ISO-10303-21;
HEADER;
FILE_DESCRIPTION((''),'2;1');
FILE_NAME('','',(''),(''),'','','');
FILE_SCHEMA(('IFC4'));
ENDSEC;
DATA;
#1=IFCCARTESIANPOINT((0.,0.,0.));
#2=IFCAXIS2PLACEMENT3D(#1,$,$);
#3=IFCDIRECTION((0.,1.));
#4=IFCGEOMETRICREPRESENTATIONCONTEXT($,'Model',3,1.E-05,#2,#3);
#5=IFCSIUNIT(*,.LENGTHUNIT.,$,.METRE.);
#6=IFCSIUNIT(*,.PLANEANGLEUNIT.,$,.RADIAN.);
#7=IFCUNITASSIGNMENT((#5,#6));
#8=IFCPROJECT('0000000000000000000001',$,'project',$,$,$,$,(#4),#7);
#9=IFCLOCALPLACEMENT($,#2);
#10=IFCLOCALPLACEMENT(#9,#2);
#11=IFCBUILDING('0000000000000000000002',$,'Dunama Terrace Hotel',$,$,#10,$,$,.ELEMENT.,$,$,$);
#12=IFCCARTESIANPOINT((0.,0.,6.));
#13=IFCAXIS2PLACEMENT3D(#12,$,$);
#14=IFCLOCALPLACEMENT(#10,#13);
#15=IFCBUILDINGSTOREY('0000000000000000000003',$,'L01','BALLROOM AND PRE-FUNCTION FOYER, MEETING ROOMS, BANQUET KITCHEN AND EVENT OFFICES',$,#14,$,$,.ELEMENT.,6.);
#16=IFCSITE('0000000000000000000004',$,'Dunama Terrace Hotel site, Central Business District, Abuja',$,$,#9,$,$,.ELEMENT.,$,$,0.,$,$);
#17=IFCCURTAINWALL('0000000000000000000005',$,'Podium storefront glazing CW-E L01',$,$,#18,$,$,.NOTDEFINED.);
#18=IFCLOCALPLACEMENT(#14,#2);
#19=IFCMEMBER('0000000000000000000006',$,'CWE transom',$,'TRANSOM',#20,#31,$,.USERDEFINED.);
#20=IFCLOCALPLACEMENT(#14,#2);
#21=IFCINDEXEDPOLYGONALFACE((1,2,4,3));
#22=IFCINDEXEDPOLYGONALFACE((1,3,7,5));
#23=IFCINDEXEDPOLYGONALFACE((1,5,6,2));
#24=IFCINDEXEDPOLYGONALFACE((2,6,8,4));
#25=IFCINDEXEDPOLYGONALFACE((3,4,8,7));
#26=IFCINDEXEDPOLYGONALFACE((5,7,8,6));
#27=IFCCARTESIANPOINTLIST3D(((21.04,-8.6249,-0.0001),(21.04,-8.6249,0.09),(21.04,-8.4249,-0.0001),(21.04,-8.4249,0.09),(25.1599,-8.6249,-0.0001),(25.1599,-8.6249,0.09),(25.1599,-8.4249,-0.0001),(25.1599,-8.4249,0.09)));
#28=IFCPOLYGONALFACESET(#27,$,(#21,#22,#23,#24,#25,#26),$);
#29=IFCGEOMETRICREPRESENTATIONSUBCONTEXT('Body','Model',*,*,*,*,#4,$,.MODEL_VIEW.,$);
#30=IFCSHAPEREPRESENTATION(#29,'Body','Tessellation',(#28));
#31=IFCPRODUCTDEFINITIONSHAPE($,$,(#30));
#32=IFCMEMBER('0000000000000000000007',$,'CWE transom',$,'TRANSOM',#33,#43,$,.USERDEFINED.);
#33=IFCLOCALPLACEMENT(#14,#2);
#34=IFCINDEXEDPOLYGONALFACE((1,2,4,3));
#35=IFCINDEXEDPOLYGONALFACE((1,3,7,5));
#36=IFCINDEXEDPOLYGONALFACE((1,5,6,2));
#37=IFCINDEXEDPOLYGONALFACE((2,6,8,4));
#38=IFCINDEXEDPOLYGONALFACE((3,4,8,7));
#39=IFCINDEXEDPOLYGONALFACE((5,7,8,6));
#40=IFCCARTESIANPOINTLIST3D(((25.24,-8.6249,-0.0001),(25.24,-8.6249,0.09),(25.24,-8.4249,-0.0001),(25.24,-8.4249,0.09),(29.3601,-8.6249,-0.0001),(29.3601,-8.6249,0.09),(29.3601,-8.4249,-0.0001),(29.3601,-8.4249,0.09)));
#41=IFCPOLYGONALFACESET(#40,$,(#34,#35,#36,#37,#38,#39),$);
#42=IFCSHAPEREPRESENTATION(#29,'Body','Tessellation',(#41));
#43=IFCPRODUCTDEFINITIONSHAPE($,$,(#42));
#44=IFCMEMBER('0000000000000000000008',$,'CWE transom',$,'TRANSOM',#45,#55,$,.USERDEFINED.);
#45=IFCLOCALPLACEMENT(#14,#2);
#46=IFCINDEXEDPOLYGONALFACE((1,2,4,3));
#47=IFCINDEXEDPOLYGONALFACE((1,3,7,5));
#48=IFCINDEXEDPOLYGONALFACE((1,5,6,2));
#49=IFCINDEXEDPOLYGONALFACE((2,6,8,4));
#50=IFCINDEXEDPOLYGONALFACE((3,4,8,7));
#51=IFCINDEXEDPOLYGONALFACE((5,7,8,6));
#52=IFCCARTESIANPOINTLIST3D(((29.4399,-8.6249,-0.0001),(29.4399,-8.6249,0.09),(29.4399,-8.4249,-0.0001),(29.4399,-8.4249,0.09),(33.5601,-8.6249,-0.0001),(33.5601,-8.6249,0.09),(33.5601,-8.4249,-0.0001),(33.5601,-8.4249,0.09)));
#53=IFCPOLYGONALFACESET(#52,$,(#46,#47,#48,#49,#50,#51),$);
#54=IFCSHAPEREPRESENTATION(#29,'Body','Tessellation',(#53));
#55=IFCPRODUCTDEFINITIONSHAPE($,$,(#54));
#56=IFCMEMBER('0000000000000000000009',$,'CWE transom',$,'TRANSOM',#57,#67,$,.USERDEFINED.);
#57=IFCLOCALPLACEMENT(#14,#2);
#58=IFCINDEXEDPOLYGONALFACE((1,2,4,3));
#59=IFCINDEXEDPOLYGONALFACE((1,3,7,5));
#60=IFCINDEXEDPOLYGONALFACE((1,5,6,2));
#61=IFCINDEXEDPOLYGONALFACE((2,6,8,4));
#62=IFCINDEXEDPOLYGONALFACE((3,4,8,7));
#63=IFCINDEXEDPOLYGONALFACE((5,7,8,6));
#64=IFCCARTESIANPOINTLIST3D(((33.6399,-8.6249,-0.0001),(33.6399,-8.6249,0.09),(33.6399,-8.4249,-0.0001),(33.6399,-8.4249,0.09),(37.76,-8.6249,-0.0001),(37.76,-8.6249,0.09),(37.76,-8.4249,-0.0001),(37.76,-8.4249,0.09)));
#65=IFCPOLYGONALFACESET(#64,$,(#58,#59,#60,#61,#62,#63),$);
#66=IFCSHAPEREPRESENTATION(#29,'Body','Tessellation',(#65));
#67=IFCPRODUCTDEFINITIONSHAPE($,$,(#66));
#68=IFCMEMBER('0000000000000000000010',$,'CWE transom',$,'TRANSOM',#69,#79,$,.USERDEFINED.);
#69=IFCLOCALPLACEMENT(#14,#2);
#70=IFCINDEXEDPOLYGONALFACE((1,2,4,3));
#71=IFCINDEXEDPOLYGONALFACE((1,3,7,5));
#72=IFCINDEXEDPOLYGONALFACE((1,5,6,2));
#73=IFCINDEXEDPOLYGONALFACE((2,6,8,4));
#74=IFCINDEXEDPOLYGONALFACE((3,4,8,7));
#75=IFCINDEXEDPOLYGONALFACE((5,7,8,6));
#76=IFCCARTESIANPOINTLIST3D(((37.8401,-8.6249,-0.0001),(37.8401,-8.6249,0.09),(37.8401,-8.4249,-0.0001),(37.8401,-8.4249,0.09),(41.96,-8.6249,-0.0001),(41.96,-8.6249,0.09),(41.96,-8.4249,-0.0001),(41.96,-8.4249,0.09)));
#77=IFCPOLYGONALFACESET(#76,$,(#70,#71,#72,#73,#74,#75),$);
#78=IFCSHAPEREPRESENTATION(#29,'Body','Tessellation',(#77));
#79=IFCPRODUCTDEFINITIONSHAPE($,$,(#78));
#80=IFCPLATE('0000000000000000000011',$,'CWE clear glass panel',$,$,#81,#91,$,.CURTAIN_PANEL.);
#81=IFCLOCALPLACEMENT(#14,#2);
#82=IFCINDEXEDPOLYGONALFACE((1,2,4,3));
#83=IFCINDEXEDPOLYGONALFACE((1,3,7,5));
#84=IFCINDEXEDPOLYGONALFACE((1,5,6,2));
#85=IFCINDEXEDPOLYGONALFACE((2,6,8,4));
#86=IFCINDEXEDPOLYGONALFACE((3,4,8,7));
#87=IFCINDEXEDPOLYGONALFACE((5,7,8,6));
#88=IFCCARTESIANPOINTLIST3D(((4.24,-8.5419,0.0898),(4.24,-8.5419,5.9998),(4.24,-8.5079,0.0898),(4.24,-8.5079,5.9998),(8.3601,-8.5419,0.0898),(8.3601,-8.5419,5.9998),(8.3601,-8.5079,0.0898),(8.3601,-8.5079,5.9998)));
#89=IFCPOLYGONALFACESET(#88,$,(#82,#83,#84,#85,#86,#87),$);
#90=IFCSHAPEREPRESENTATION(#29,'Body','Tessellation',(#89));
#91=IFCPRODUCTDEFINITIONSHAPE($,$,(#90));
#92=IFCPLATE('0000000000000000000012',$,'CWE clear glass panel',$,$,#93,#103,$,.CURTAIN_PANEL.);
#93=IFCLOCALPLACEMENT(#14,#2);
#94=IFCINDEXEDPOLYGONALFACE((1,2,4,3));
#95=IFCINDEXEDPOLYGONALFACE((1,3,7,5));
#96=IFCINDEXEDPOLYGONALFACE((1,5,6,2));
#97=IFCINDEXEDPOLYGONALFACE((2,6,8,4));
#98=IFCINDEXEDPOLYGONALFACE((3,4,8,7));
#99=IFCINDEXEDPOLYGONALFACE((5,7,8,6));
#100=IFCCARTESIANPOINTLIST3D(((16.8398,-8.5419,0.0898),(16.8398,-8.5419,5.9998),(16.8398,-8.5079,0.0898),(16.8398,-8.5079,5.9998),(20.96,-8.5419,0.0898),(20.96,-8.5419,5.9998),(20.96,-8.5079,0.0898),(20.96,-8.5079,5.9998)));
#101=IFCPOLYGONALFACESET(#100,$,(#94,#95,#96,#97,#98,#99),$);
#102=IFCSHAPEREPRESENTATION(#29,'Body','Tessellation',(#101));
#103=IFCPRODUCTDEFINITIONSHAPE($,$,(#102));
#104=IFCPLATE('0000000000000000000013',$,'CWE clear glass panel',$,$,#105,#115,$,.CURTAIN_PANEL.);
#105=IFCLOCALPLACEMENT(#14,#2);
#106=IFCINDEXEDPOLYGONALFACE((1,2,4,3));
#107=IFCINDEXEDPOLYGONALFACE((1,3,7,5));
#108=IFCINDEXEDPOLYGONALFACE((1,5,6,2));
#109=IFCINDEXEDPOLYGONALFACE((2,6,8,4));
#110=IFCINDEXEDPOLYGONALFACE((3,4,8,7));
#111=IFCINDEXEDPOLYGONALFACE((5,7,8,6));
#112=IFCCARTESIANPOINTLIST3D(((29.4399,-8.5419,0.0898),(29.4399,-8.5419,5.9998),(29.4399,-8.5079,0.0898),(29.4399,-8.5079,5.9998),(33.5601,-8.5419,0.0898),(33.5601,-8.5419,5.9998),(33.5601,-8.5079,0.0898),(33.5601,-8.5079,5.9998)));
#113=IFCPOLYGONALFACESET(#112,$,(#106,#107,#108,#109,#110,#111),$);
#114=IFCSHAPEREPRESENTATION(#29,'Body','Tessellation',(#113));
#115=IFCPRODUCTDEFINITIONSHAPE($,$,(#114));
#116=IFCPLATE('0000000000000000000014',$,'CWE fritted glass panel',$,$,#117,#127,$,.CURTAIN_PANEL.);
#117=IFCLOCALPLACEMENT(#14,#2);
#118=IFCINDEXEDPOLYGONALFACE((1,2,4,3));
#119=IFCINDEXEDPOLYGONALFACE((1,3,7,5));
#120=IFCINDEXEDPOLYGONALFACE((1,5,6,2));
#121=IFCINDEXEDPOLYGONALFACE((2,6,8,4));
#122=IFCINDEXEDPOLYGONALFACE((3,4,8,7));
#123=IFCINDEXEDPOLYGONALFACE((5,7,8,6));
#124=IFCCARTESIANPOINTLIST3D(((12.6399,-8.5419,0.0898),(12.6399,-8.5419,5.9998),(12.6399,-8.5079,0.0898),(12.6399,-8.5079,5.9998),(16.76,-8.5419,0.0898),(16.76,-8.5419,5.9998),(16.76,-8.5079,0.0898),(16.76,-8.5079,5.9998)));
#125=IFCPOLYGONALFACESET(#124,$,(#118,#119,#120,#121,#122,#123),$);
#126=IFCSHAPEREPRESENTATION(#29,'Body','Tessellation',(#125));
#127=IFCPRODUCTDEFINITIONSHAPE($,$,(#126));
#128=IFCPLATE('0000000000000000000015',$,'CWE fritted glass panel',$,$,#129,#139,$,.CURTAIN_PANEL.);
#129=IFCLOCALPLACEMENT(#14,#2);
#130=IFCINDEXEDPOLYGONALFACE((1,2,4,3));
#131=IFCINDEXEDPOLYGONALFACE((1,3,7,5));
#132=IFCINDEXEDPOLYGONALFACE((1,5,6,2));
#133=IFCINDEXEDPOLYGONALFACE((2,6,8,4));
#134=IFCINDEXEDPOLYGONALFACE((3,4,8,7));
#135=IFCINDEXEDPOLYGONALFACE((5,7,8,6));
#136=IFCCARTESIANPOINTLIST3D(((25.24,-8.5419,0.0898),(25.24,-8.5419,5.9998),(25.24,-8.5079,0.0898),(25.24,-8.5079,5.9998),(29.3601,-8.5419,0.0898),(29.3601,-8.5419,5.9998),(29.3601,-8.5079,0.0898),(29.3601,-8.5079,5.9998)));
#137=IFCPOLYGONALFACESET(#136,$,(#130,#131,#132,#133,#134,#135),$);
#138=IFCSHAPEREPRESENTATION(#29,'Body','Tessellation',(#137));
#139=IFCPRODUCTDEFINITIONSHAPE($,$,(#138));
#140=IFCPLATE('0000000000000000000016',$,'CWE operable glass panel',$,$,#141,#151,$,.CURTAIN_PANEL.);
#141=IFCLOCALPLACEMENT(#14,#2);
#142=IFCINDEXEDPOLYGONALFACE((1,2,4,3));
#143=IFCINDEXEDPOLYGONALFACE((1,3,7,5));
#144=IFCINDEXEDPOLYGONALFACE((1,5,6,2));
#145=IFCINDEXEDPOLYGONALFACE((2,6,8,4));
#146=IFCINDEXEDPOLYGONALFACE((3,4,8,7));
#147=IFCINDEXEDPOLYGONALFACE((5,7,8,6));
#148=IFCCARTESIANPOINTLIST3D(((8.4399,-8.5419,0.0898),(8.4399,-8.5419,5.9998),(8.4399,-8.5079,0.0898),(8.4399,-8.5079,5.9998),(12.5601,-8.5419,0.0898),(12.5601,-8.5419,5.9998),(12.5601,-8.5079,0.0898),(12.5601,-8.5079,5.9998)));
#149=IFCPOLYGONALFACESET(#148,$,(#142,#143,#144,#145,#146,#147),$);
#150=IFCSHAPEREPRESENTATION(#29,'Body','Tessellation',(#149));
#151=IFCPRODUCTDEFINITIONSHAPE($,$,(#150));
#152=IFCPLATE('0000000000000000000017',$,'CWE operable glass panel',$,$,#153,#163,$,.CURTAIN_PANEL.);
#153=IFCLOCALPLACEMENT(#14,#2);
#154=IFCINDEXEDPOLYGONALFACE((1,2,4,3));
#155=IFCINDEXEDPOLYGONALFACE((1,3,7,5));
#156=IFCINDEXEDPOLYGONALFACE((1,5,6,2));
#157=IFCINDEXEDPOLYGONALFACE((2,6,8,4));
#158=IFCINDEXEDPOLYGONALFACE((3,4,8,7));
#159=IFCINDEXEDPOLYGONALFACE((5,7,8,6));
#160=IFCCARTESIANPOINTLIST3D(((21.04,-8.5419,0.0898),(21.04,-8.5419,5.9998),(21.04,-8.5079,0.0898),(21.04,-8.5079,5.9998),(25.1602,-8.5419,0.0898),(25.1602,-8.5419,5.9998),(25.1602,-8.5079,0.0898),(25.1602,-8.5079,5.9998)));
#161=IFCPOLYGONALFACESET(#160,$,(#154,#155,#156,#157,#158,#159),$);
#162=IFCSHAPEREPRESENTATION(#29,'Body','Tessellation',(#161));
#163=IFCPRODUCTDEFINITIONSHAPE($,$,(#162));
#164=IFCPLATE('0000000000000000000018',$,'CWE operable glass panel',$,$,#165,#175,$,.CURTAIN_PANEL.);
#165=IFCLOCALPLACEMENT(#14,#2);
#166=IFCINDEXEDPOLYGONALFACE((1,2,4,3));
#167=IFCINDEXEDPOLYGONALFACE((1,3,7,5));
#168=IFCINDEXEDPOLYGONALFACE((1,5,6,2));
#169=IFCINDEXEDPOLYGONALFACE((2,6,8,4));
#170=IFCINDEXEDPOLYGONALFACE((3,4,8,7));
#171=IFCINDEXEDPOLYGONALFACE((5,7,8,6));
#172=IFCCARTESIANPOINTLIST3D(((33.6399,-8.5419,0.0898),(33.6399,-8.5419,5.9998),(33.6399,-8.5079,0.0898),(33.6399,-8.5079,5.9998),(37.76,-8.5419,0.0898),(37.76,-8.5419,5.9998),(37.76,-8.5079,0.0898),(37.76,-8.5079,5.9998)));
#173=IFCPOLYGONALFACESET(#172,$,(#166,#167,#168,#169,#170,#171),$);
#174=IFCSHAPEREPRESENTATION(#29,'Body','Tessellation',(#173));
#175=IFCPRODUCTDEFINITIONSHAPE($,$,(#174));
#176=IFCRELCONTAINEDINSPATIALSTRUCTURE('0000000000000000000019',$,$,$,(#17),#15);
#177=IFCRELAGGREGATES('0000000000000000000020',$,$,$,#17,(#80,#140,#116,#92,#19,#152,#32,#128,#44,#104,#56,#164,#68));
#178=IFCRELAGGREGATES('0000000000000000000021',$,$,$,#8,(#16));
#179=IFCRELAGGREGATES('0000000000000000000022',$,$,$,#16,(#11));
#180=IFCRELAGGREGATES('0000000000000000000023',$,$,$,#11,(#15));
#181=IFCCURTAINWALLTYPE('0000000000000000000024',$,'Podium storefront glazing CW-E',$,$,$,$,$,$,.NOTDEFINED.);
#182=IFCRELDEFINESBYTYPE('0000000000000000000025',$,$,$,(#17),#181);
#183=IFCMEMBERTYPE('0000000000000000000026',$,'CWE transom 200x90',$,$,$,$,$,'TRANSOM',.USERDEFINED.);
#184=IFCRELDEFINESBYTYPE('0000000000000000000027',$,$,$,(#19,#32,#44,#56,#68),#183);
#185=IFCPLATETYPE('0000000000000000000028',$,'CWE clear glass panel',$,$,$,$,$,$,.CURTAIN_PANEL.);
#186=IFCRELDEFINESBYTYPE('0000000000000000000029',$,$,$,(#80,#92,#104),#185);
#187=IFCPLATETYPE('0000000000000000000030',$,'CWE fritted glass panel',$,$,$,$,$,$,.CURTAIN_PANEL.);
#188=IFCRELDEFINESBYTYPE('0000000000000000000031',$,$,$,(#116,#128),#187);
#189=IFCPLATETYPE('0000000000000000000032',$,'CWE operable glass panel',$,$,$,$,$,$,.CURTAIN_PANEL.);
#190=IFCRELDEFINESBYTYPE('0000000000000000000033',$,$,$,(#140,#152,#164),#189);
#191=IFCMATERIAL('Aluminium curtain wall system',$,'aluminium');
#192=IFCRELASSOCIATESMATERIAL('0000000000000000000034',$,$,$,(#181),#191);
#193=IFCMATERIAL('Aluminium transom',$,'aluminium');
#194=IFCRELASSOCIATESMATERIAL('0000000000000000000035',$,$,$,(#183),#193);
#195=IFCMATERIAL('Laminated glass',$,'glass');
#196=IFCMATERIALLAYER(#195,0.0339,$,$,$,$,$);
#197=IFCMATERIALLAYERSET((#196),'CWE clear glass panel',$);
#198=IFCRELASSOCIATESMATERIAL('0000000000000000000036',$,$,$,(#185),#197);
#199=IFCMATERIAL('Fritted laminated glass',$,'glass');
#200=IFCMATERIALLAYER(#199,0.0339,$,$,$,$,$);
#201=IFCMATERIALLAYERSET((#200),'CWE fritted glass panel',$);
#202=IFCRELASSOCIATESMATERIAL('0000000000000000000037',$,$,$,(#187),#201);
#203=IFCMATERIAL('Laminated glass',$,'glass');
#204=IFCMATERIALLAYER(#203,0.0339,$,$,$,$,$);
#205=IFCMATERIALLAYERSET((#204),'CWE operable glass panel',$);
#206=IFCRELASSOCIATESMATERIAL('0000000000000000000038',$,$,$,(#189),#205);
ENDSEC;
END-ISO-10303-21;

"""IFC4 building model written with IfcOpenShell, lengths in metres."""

from ifc_helpers import new_model, si_unit, direction, frame, origin, origin_2d, place, context, subcontext, project, spatial, rectangle, extrude, material, layer, layer_set, material_profile, profile_set, type_object, element, aggregate, save


model = new_model("IFC4")

# Units and contexts
model_context = context("Model", 3, precision=1e-05, world=origin(), true_north=direction((0.0, 1.0)))
body_context = subcontext(model_context, "Body", "Model", "MODEL_VIEW")
ifc_project = project(units=[si_unit("LENGTHUNIT", "METRE"), si_unit("PLANEANGLEUNIT", "RADIAN")], contexts=[model_context])

# Site, building, storey
site_placement = place(None, origin())
site = spatial("IfcSite", under=ifc_project, at=site_placement, Name="Dunama Terrace Hotel site, Central Business District, Abuja", CompositionType="ELEMENT", RefElevation=0.0)
building_placement = place(site_placement, origin())
building = spatial("IfcBuilding", under=site, at=building_placement, Name="Dunama Terrace Hotel", CompositionType="ELEMENT")
storey_placement = place(building_placement, frame((0.0, 0.0, 6.0)))
storey = spatial("IfcBuildingStorey", under=building, at=storey_placement, Name="L01", Description="BALLROOM AND PRE-FUNCTION FOYER, MEETING ROOMS, BANQUET KITCHEN AND EVENT OFFICES", CompositionType="ELEMENT", Elevation=6.0)

# Curtain wall, members, plates
ifc_material_1 = material(Name="Aluminium curtain wall system", Category="aluminium")
curtain_wall_type = type_object("IfcCurtainWallType", Name="Podium storefront glazing CW-E", PredefinedType="NOTDEFINED", material=ifc_material_1)
curtain_wall_placement = place(storey_placement, origin())
curtain_wall = element("IfcCurtainWall", 1, at=curtain_wall_placement, inside=storey, type_object=curtain_wall_type, Name="Podium storefront glazing CW-E L01", PredefinedType="NOTDEFINED")
ifc_material_2 = material(Name="Aluminium transom", Category="aluminium")
ifc_material_profile_1 = material_profile(ifc_material_2, rectangle(XDim=0.2, YDim=0.0901, at=origin_2d()), Name="CWE TRANSOM 200X90")
ifc_profile_set_1 = profile_set([ifc_material_profile_1], Name="Aluminium transom")
member_type_1 = type_object("IfcMemberType", Name="CWE transom 200x90", ElementType="TRANSOM", PredefinedType="USERDEFINED", material=ifc_profile_set_1)
member_1_placement = place(storey_placement, frame((21.04, -8.5249, 0.0449), z_axis=(1.0, 0.0, 0.0), x_axis=(0.0, 1.0, 0.0)))
member_1 = element("IfcMember", 2, at=member_1_placement, type_object=member_type_1, Name="CWE transom", ObjectType="TRANSOM", PredefinedType="USERDEFINED", context=body_context, shape_type="SweptSolid", body=[
    extrude(rectangle(XDim=0.2, YDim=0.0901, at=origin_2d()), origin(), (0.0, 0.0, 1.0), 4.1199),
])
member_2_placement = place(storey_placement, frame((25.24, -8.5249, 0.0449), z_axis=(1.0, 0.0, 0.0), x_axis=(0.0, 1.0, 0.0)))
member_2 = element("IfcMember", 3, at=member_2_placement, type_object=member_type_1, Name="CWE transom", ObjectType="TRANSOM", PredefinedType="USERDEFINED", context=body_context, shape_type="SweptSolid", body=[
    extrude(rectangle(XDim=0.2, YDim=0.0901, at=origin_2d()), origin(), (0.0, 0.0, 1.0), 4.1201),
])
member_3_placement = place(storey_placement, frame((29.4399, -8.5249, 0.0449), z_axis=(1.0, 0.0, 0.0), x_axis=(0.0, 1.0, 0.0)))
member_3 = element("IfcMember", 4, at=member_3_placement, type_object=member_type_1, Name="CWE transom", ObjectType="TRANSOM", PredefinedType="USERDEFINED", context=body_context, shape_type="SweptSolid", body=[
    extrude(rectangle(XDim=0.2, YDim=0.0901, at=origin_2d()), origin(), (0.0, 0.0, 1.0), 4.1201),
])
member_4_placement = place(storey_placement, frame((33.6399, -8.5249, 0.0449), z_axis=(1.0, 0.0, 0.0), x_axis=(0.0, 1.0, 0.0)))
member_4 = element("IfcMember", 5, at=member_4_placement, type_object=member_type_1, Name="CWE transom", ObjectType="TRANSOM", PredefinedType="USERDEFINED", context=body_context, shape_type="SweptSolid", body=[
    extrude(rectangle(XDim=0.2, YDim=0.0901, at=origin_2d()), origin(), (0.0, 0.0, 1.0), 4.1201),
])
member_5_placement = place(storey_placement, frame((37.8401, -8.5249, 0.0449), z_axis=(1.0, 0.0, 0.0), x_axis=(0.0, 1.0, 0.0)))
member_5 = element("IfcMember", 6, at=member_5_placement, type_object=member_type_1, Name="CWE transom", ObjectType="TRANSOM", PredefinedType="USERDEFINED", context=body_context, shape_type="SweptSolid", body=[
    extrude(rectangle(XDim=0.2, YDim=0.0901, at=origin_2d()), origin(), (0.0, 0.0, 1.0), 4.1199),
])
ifc_material_3 = material(Name="Laminated glass", Category="glass")
ifc_layer_1 = layer(ifc_material_3, 0.0339)
ifc_layer_set_1 = layer_set([ifc_layer_1], Name="CWE clear glass panel")
plate_type_1 = type_object("IfcPlateType", Name="CWE clear glass panel", PredefinedType="CURTAIN_PANEL", material=ifc_layer_set_1)
plate_1_placement = place(storey_placement, frame((6.3, -8.5249, 0.0898), z_axis=(0.0, 0.0, 1.0), x_axis=(1.0, 0.0, 0.0)))
plate_1 = element("IfcPlate", 7, at=plate_1_placement, type_object=plate_type_1, Name="CWE clear glass panel", PredefinedType="CURTAIN_PANEL", context=body_context, shape_type="SweptSolid", body=[
    extrude(rectangle(XDim=4.1201, YDim=0.0339, at=origin_2d()), origin(), (0.0, 0.0, 1.0), 5.9099),
])
plate_2_placement = place(storey_placement, frame((18.8999, -8.5249, 0.0898), z_axis=(0.0, 0.0, 1.0), x_axis=(1.0, 0.0, 0.0)))
plate_2 = element("IfcPlate", 8, at=plate_2_placement, type_object=plate_type_1, Name="CWE clear glass panel", PredefinedType="CURTAIN_PANEL", context=body_context, shape_type="SweptSolid", body=[
    extrude(rectangle(XDim=4.1201, YDim=0.0339, at=origin_2d()), origin(), (0.0, 0.0, 1.0), 5.9099),
])
plate_3_placement = place(storey_placement, frame((31.5, -8.5249, 0.0898), z_axis=(0.0, 0.0, 1.0), x_axis=(1.0, 0.0, 0.0)))
plate_3 = element("IfcPlate", 9, at=plate_3_placement, type_object=plate_type_1, Name="CWE clear glass panel", PredefinedType="CURTAIN_PANEL", context=body_context, shape_type="SweptSolid", body=[
    extrude(rectangle(XDim=4.1201, YDim=0.0339, at=origin_2d()), origin(), (0.0, 0.0, 1.0), 5.9099),
])
ifc_material_4 = material(Name="Fritted laminated glass", Category="glass")
ifc_layer_2 = layer(ifc_material_4, 0.0339)
ifc_layer_set_2 = layer_set([ifc_layer_2], Name="CWE fritted glass panel")
plate_type_2 = type_object("IfcPlateType", Name="CWE fritted glass panel", PredefinedType="CURTAIN_PANEL", material=ifc_layer_set_2)
plate_4_placement = place(storey_placement, frame((14.7, -8.5249, 0.0898), z_axis=(0.0, 0.0, 1.0), x_axis=(1.0, 0.0, 0.0)))
plate_4 = element("IfcPlate", 10, at=plate_4_placement, type_object=plate_type_2, Name="CWE fritted glass panel", PredefinedType="CURTAIN_PANEL", context=body_context, shape_type="SweptSolid", body=[
    extrude(rectangle(XDim=4.1201, YDim=0.0339, at=origin_2d()), origin(), (0.0, 0.0, 1.0), 5.9099),
])
plate_5_placement = place(storey_placement, frame((27.3, -8.5249, 0.0898), z_axis=(0.0, 0.0, 1.0), x_axis=(1.0, 0.0, 0.0)))
plate_5 = element("IfcPlate", 11, at=plate_5_placement, type_object=plate_type_2, Name="CWE fritted glass panel", PredefinedType="CURTAIN_PANEL", context=body_context, shape_type="SweptSolid", body=[
    extrude(rectangle(XDim=4.1201, YDim=0.0339, at=origin_2d()), origin(), (0.0, 0.0, 1.0), 5.9099),
])
ifc_material_5 = material(Name="Laminated glass", Category="glass")
ifc_layer_3 = layer(ifc_material_5, 0.0339)
ifc_layer_set_3 = layer_set([ifc_layer_3], Name="CWE operable glass panel")
plate_type_3 = type_object("IfcPlateType", Name="CWE operable glass panel", PredefinedType="CURTAIN_PANEL", material=ifc_layer_set_3)
plate_6_placement = place(storey_placement, frame((10.5, -8.5249, 0.0898), z_axis=(0.0, 0.0, 1.0), x_axis=(1.0, 0.0, 0.0)))
plate_6 = element("IfcPlate", 12, at=plate_6_placement, type_object=plate_type_3, Name="CWE operable glass panel", PredefinedType="CURTAIN_PANEL", context=body_context, shape_type="SweptSolid", body=[
    extrude(rectangle(XDim=4.1201, YDim=0.0339, at=origin_2d()), origin(), (0.0, 0.0, 1.0), 5.9099),
])
plate_7_placement = place(storey_placement, frame((23.1001, -8.5249, 0.0898), z_axis=(0.0, 0.0, 1.0), x_axis=(1.0, 0.0, 0.0)))
plate_7 = element("IfcPlate", 13, at=plate_7_placement, type_object=plate_type_3, Name="CWE operable glass panel", PredefinedType="CURTAIN_PANEL", context=body_context, shape_type="SweptSolid", body=[
    extrude(rectangle(XDim=4.1201, YDim=0.0339, at=origin_2d()), origin(), (0.0, 0.0, 1.0), 5.9099),
])
plate_8_placement = place(storey_placement, frame((35.7, -8.5249, 0.0898), z_axis=(0.0, 0.0, 1.0), x_axis=(1.0, 0.0, 0.0)))
plate_8 = element("IfcPlate", 14, at=plate_8_placement, type_object=plate_type_3, Name="CWE operable glass panel", PredefinedType="CURTAIN_PANEL", context=body_context, shape_type="SweptSolid", body=[
    extrude(rectangle(XDim=4.1201, YDim=0.0339, at=origin_2d()), origin(), (0.0, 0.0, 1.0), 5.9099),
])
aggregate(curtain_wall, [plate_1, plate_6, plate_4, plate_2, member_1, plate_7, member_2, plate_5, member_3, plate_3, member_4, plate_8, member_5])

save(model, "model.ifc")
